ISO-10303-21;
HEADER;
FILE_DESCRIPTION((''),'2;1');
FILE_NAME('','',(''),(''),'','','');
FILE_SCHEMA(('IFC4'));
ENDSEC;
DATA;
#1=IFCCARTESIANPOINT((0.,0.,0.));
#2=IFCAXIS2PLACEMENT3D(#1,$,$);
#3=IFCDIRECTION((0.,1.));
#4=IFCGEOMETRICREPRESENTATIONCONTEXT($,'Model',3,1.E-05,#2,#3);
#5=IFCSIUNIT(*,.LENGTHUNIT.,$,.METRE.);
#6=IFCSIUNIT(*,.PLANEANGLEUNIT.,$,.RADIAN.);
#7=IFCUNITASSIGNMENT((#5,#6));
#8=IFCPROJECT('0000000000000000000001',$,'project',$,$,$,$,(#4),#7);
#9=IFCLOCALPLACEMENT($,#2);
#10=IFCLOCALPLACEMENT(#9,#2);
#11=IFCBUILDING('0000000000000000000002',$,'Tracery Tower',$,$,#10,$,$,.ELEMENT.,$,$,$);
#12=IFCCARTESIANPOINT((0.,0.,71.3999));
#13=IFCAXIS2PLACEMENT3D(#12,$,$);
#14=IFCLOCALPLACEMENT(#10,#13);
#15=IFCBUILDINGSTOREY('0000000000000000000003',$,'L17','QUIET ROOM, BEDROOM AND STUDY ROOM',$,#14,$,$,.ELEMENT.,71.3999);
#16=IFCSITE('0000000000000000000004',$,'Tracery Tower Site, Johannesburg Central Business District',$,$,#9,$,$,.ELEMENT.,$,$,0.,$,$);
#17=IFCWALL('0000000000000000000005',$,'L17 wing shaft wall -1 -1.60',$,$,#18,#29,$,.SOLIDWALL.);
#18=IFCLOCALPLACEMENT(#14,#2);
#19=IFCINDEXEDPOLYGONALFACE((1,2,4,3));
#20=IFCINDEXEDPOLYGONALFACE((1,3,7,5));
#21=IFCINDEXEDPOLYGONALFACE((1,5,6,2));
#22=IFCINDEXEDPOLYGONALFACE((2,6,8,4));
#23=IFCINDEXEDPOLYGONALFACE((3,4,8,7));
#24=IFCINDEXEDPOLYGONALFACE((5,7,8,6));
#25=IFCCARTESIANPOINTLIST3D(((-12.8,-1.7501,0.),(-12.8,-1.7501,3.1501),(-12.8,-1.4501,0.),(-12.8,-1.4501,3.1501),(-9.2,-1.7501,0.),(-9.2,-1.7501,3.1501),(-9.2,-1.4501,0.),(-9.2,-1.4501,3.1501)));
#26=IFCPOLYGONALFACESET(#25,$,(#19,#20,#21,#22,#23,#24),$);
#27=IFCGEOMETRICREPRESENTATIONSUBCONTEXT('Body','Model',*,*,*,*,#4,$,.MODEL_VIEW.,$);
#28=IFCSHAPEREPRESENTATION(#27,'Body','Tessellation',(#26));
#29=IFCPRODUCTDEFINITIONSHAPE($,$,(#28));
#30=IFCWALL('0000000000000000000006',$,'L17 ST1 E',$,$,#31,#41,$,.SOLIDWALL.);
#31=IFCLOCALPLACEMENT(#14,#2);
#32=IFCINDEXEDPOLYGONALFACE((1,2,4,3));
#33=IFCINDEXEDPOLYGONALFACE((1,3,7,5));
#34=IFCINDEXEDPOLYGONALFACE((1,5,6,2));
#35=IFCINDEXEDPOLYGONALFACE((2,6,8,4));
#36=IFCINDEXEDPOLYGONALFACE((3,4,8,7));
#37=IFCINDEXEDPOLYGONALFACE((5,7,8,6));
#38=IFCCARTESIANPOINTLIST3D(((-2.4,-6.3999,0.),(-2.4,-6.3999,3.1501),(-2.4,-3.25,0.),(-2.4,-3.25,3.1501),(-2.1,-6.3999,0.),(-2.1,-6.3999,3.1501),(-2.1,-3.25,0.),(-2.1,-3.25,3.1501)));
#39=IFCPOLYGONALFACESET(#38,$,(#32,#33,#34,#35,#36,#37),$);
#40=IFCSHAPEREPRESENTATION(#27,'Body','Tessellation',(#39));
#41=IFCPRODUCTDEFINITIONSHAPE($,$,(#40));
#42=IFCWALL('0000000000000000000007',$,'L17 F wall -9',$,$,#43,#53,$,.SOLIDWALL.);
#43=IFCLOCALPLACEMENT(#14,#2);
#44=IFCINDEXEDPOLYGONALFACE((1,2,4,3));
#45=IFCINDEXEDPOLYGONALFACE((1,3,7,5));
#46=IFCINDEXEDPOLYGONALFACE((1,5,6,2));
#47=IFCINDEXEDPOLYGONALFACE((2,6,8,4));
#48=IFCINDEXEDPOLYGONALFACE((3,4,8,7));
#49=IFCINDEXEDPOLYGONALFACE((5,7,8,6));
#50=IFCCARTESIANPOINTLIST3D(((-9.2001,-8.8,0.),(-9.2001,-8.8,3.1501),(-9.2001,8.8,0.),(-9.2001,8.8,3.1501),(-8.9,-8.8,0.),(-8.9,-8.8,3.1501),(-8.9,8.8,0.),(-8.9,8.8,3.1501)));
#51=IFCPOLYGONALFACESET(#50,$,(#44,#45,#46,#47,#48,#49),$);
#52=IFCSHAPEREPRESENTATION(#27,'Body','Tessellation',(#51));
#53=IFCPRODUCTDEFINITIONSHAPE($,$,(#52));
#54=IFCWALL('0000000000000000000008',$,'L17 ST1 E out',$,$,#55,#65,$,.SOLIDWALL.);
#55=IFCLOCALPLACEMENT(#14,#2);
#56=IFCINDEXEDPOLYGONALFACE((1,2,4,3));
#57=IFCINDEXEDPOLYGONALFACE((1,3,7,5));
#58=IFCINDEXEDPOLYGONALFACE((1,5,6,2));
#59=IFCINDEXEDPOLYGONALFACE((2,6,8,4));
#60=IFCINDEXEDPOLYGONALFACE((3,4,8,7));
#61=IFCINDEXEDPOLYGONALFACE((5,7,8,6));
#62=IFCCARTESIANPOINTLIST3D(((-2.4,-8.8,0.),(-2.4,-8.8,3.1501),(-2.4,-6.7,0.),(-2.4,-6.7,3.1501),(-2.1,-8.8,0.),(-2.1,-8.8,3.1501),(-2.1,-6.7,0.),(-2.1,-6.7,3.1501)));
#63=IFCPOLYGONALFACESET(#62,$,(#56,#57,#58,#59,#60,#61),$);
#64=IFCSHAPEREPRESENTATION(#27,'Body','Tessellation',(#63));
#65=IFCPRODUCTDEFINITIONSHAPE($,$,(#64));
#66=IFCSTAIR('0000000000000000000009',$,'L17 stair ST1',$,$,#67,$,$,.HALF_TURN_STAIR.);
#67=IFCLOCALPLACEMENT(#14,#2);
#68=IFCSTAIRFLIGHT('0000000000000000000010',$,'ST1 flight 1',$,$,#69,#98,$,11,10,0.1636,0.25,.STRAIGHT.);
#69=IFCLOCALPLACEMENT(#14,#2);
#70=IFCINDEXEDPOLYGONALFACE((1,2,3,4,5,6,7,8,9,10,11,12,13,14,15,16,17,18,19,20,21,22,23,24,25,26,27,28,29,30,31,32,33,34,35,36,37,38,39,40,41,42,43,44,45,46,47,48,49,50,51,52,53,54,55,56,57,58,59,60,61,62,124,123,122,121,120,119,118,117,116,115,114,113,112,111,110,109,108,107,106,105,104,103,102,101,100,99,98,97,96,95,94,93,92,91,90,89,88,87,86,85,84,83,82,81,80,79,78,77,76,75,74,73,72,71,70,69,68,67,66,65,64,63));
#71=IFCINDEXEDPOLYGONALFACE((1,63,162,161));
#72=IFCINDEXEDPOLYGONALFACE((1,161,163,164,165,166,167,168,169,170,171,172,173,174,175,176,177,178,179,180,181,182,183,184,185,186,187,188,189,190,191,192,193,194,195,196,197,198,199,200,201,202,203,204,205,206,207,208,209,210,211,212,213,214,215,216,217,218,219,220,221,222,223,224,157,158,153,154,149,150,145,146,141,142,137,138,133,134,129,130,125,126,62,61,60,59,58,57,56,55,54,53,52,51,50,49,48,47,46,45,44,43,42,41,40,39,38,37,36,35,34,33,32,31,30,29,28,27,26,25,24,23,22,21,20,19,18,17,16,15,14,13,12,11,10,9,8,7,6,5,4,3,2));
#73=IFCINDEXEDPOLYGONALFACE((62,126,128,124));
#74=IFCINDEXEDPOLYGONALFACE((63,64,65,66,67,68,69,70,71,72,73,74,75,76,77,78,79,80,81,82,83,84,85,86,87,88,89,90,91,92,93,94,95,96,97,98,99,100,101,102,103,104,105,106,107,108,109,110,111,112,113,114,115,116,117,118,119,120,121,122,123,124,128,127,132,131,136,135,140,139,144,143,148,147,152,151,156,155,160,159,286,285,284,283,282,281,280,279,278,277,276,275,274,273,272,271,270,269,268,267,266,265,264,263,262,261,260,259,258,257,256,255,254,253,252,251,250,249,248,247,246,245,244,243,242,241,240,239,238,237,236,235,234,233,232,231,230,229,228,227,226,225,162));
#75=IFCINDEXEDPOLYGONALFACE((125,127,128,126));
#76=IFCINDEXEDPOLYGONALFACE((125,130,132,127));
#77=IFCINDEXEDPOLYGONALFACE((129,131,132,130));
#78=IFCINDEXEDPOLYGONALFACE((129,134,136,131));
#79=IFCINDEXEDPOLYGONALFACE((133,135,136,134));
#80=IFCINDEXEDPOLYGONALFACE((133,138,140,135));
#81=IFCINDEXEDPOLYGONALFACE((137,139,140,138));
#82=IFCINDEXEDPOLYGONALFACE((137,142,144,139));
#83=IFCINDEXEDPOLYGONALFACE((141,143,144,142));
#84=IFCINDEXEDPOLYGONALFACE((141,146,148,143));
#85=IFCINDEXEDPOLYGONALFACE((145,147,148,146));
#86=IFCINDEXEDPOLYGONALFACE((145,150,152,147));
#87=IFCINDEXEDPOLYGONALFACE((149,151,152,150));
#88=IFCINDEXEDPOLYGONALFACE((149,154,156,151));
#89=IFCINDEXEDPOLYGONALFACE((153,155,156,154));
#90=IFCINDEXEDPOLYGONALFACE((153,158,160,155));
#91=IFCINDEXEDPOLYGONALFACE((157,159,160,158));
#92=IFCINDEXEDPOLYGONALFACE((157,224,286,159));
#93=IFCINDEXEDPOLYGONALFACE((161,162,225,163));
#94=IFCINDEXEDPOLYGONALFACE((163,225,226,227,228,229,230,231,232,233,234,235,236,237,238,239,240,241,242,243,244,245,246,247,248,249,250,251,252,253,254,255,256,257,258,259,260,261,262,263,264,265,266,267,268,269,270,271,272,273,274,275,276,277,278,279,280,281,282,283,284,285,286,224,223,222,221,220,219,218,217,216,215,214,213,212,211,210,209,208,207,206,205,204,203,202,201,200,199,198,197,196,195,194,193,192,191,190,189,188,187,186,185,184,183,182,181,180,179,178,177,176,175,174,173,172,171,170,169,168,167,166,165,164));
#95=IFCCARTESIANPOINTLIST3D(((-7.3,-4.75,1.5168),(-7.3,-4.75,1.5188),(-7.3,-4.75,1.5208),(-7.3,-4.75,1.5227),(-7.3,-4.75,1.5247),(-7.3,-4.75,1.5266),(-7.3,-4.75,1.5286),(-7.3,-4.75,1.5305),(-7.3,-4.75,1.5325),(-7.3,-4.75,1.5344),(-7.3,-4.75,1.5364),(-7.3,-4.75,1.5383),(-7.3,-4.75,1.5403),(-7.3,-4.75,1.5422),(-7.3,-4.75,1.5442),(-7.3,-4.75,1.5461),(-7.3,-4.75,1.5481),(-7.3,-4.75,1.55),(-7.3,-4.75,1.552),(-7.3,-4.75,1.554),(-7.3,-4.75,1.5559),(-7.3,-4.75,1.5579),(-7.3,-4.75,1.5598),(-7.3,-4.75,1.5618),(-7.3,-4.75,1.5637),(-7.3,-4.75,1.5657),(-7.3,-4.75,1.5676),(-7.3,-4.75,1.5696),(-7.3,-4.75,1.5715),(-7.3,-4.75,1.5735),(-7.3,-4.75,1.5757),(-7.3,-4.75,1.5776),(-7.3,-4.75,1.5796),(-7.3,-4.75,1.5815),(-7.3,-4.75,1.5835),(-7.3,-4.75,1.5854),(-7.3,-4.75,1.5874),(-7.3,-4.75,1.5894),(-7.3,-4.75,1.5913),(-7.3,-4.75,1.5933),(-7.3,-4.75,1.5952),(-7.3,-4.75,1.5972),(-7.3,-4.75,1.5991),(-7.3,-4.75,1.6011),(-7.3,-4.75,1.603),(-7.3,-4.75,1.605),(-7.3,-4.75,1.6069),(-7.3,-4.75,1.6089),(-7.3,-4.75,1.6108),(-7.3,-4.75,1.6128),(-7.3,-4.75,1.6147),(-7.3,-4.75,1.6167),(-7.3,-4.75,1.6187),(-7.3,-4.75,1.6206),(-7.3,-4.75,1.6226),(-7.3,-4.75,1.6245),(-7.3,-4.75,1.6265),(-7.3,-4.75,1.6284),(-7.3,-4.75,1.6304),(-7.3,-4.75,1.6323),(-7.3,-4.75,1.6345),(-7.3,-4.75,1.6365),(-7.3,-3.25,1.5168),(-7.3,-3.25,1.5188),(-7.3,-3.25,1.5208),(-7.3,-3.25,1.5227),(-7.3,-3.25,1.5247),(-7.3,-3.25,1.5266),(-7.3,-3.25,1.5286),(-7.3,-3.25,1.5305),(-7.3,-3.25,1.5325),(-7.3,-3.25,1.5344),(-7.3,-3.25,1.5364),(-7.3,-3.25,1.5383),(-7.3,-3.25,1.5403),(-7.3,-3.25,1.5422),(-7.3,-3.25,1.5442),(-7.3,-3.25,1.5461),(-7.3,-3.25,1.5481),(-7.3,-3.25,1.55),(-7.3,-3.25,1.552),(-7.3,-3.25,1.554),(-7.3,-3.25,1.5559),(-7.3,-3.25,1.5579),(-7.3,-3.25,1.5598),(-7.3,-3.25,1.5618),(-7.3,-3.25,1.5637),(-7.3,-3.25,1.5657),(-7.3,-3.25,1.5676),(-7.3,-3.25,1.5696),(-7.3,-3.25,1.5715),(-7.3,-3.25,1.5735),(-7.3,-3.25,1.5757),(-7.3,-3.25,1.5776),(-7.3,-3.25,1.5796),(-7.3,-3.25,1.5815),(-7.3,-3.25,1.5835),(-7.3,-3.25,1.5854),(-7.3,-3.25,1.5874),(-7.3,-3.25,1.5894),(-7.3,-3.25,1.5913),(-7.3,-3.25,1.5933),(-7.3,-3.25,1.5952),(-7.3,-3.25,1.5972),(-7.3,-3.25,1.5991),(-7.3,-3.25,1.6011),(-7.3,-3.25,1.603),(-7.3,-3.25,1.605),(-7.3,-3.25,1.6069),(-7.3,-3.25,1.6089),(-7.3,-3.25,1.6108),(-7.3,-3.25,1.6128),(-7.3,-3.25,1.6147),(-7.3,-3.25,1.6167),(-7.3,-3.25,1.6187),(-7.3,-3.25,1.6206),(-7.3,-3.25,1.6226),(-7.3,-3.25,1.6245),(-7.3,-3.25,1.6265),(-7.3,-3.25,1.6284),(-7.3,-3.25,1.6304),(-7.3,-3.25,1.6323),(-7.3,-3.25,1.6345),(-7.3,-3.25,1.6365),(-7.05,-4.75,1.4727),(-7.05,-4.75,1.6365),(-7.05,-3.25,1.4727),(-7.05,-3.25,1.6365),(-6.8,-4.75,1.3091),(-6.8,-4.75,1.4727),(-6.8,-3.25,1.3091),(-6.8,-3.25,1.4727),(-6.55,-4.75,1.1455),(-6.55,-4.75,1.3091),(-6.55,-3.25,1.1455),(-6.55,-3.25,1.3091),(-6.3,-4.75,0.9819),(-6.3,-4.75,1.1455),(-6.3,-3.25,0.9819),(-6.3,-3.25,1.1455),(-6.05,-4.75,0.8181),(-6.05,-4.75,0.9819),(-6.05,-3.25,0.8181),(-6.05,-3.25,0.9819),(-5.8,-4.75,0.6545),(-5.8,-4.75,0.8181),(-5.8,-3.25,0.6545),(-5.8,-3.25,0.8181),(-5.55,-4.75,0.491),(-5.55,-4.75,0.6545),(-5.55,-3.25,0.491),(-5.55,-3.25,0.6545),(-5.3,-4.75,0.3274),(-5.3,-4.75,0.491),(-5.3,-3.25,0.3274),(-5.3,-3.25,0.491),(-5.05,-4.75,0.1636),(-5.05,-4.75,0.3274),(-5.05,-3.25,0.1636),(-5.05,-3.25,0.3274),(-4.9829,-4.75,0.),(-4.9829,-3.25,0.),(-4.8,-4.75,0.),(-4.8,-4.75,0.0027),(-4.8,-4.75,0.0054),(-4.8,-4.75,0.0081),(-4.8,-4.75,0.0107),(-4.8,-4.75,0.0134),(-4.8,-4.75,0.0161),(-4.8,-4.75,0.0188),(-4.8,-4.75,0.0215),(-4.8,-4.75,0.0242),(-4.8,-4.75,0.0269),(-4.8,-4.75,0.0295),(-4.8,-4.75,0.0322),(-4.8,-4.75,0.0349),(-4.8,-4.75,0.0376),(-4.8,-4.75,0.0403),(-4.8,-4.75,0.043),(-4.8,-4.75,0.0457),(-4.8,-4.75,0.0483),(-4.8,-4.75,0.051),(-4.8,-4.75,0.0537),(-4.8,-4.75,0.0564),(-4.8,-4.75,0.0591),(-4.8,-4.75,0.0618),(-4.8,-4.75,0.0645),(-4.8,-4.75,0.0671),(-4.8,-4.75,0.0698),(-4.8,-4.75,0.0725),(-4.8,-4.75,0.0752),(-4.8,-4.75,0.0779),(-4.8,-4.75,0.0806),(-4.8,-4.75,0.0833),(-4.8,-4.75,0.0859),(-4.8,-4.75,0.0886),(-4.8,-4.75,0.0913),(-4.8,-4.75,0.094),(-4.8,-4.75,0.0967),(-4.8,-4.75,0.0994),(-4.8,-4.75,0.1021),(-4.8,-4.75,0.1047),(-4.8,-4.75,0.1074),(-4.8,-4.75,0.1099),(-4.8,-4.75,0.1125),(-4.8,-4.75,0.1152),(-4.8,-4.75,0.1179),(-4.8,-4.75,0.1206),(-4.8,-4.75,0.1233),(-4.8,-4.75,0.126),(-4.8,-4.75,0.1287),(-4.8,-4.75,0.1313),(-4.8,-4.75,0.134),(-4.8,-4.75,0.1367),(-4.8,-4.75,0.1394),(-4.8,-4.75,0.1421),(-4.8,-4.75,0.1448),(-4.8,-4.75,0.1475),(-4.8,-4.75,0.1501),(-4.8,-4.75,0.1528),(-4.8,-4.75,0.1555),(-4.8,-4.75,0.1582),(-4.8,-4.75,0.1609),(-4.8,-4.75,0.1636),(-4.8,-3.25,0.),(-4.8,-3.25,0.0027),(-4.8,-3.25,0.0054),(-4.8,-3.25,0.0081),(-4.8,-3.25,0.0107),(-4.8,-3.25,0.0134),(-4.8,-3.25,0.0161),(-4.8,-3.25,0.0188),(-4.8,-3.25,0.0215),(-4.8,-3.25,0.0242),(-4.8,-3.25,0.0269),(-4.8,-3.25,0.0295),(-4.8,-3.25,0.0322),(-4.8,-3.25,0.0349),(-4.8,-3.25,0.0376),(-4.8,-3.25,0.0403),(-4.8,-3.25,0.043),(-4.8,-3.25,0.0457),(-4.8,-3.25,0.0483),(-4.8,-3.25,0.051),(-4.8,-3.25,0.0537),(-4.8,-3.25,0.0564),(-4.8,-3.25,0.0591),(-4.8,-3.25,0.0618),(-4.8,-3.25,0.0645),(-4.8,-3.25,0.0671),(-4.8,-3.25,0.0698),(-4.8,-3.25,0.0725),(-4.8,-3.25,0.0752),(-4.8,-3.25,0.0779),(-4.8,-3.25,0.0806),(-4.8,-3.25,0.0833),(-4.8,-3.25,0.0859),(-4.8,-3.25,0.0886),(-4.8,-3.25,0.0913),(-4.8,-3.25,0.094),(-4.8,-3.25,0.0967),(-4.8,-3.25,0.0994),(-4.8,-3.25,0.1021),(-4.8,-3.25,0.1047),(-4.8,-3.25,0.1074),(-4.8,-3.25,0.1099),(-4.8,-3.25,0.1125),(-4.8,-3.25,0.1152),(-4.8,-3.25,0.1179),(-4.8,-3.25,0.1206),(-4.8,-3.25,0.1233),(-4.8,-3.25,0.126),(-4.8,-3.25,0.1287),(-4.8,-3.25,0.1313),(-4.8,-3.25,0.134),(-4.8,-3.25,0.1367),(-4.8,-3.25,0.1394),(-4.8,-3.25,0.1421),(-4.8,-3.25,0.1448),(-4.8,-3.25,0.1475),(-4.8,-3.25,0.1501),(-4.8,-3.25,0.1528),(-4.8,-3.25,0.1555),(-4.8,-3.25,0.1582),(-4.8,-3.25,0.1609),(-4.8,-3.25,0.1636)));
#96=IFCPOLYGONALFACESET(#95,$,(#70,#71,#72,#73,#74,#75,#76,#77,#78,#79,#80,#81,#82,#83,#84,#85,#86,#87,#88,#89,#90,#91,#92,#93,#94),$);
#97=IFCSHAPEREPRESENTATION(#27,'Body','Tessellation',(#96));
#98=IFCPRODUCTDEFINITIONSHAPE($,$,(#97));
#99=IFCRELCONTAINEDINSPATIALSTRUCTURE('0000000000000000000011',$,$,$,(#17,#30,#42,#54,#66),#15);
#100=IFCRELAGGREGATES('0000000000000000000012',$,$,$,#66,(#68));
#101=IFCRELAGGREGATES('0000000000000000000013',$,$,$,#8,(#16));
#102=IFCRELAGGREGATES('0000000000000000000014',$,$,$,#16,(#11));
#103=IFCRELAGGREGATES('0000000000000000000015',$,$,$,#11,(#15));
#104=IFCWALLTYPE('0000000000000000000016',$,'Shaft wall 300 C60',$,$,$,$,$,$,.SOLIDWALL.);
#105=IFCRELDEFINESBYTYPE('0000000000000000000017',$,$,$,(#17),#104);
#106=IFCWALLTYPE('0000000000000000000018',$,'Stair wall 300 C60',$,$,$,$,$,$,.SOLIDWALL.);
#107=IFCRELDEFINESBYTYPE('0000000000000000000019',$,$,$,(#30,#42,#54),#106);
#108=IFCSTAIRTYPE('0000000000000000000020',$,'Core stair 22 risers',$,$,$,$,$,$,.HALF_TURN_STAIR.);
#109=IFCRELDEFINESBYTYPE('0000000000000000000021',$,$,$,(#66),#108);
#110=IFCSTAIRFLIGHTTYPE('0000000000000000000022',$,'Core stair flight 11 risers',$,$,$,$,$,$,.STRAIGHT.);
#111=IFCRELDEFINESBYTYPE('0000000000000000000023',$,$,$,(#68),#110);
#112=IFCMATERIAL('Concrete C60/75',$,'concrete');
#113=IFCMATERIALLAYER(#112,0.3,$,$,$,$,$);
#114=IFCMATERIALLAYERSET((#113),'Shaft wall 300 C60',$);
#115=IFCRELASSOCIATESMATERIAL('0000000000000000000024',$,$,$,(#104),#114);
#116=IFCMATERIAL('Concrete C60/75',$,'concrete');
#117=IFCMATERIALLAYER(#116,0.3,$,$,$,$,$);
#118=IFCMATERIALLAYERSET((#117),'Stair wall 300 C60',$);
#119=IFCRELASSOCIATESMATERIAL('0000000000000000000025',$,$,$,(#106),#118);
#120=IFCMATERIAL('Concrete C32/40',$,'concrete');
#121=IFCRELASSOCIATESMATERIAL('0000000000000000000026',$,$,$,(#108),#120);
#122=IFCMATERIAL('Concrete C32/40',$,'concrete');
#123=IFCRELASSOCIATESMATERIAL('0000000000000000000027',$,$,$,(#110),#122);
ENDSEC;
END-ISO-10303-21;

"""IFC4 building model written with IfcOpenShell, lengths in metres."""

from ifc_helpers import new_model, si_unit, direction, frame, frame_2d, origin, place, context, subcontext, project, spatial, polyline, rectangle, outline, extrude, material, layer, layer_set, type_object, element, aggregate, save


model = new_model("IFC4")

# Units and contexts
model_context = context("Model", 3, precision=1e-05, world=origin(), true_north=direction((0.0, 1.0)))
body_context = subcontext(model_context, "Body", "Model", "MODEL_VIEW")
ifc_project = project(units=[si_unit("LENGTHUNIT", "METRE"), si_unit("PLANEANGLEUNIT", "RADIAN")], contexts=[model_context])

# Site, building, storey
site_placement = place(None, origin())
site = spatial("IfcSite", under=ifc_project, at=site_placement, Name="Tracery Tower Site, Johannesburg Central Business District", CompositionType="ELEMENT", RefElevation=0.0)
building_placement = place(site_placement, origin())
building = spatial("IfcBuilding", under=site, at=building_placement, Name="Tracery Tower", CompositionType="ELEMENT")
storey_placement = place(building_placement, frame((0.0, 0.0, 71.3999)))
storey = spatial("IfcBuildingStorey", under=building, at=storey_placement, Name="L17", Description="QUIET ROOM, BEDROOM AND STUDY ROOM", CompositionType="ELEMENT", Elevation=71.3999)

# Shared definitions
ifc_material_1 = material(Name="Concrete C60/75", Category="concrete")
ifc_layer_1 = layer(ifc_material_1, 0.3)
ifc_layer_set_1 = layer_set([ifc_layer_1], Name="Shaft wall 300 C60")
wall_type_1 = type_object("IfcWallType", Name="Shaft wall 300 C60", PredefinedType="SOLIDWALL", material=ifc_layer_set_1)

# Wall
for number, where, z_axis, x_axis, name in (
    (1, (-12.8, -1.6001, 0.0), (0.0, 0.0, 1.0), (1.0, 0.0, 0.0), "L17 wing shaft wall -1 -1.60"),
):
    element("IfcWall", number, at=place(storey_placement, frame(where, z_axis=z_axis, x_axis=x_axis)), inside=storey, type_object=wall_type_1, Name=name, PredefinedType="SOLIDWALL", context=body_context, shape_type="SweptSolid", body=[
        extrude(rectangle(XDim=3.6001, YDim=0.3, at=frame_2d((1.8, 0.0))), origin(), (0.0, 0.0, 1.0), 3.1501),
    ])

# Shared definitions
ifc_material_2 = material(Name="Concrete C60/75", Category="concrete")
ifc_layer_2 = layer(ifc_material_2, 0.3)
ifc_layer_set_2 = layer_set([ifc_layer_2], Name="Stair wall 300 C60")
wall_type_2 = type_object("IfcWallType", Name="Stair wall 300 C60", PredefinedType="SOLIDWALL", material=ifc_layer_set_2)

# Walls
wall_1_placement = place(storey_placement, frame((-2.25, -6.3999, 0.0), z_axis=(0.0, 0.0, 1.0), x_axis=(0.0, 1.0, 0.0)))
element("IfcWall", 2, at=wall_1_placement, inside=storey, type_object=wall_type_2, Name="L17 ST1 E", PredefinedType="SOLIDWALL", context=body_context, shape_type="SweptSolid", body=[
    extrude(rectangle(XDim=3.1499, YDim=0.3, at=frame_2d((1.575, 0.0))), origin(), (0.0, 0.0, 1.0), 3.1501),
])
wall_2_placement = place(storey_placement, frame((-9.05, -8.8, 0.0), z_axis=(0.0, 0.0, 1.0), x_axis=(0.0, 1.0, 0.0)))
element("IfcWall", 3, at=wall_2_placement, inside=storey, type_object=wall_type_2, Name="L17 F wall -9", PredefinedType="SOLIDWALL", context=body_context, shape_type="SweptSolid", body=[
    extrude(rectangle(XDim=17.6001, YDim=0.3, at=frame_2d((8.8, 0.0))), origin(), (0.0, 0.0, 1.0), 3.1501),
])

# Wall
wall_3_placement = place(storey_placement, frame((-2.25, -8.8, 0.0), z_axis=(0.0, 0.0, 1.0), x_axis=(0.0, 1.0, 0.0)))
element("IfcWall", 4, at=wall_3_placement, inside=storey, type_object=wall_type_2, Name="L17 ST1 E out", PredefinedType="SOLIDWALL", context=body_context, shape_type="SweptSolid", body=[
    extrude(rectangle(XDim=2.1001, YDim=0.3, at=frame_2d((1.05, 0.0))), origin(), (0.0, 0.0, 1.0), 3.1501),
])

# Stair, stair flight
ifc_material_3 = material(Name="Concrete C32/40", Category="concrete")
stair_type = type_object("IfcStairType", Name="Core stair 22 risers", PredefinedType="HALF_TURN_STAIR", material=ifc_material_3)
stair_placement = place(storey_placement, origin())
stair = element("IfcStair", 5, at=stair_placement, inside=storey, type_object=stair_type, Name="L17 stair ST1", PredefinedType="HALF_TURN_STAIR")
ifc_material_4 = material(Name="Concrete C32/40", Category="concrete")
stair_flight_type = type_object("IfcStairFlightType", Name="Core stair flight 11 risers", PredefinedType="STRAIGHT", material=ifc_material_4)
stair_flight_1_placement = place(storey_placement, frame((-4.8, -4.0, 0.0), z_axis=(0.0, 0.0, 1.0), x_axis=(-1.0, 0.0, 0.0)))
stair_flight_1 = element("IfcStairFlight", 6, at=stair_flight_1_placement, type_object=stair_flight_type, Name="ST1 flight 1", NumberOfRisers=11, NumberOfTreads=10, PredefinedType="STRAIGHT", RiserHeight=0.1636, TreadLength=0.25, context=body_context, shape_type="SweptSolid", body=[
    extrude(outline(polyline([(0.0, 0.0), (0.0, 0.0027), (0.0, 0.0054), (0.0, 0.0081), (0.0, 0.0107), (0.0, 0.0134), (0.0, 0.0161), (0.0, 0.0188), (0.0, 0.0215), (0.0, 0.0242), (0.0, 0.0269), (0.0, 0.0295), (0.0, 0.0322), (0.0, 0.0349), (0.0, 0.0376), (0.0, 0.0403), (0.0, 0.043), (0.0, 0.0457), (0.0, 0.0483), (0.0, 0.051), (0.0, 0.0537), (0.0, 0.0564), (0.0, 0.0591), (0.0, 0.0618), (0.0, 0.0645), (0.0, 0.0671), (0.0, 0.0698), (0.0, 0.0725), (0.0, 0.0752), (0.0, 0.0779), (0.0, 0.0806), (0.0, 0.0833), (0.0, 0.0859), (0.0, 0.0886), (0.0, 0.0913), (0.0, 0.094), (0.0, 0.0967), (0.0, 0.0994), (0.0, 0.1021), (0.0, 0.1047), (0.0, 0.1074), (0.0, 0.1099), (0.0, 0.1125), (0.0, 0.1152), (0.0, 0.1179), (0.0, 0.1206), (0.0, 0.1233), (0.0, 0.126), (0.0, 0.1287), (0.0, 0.1313), (0.0, 0.134), (0.0, 0.1367), (0.0, 0.1394), (0.0, 0.1421), (0.0, 0.1448), (0.0, 0.1475), (0.0, 0.1501), (0.0, 0.1528), (0.0, 0.1555), (0.0, 0.1582), (0.0, 0.1609), (0.0, 0.1636), (0.25, 0.1636), (0.25, 0.3274), (0.5, 0.3274), (0.5, 0.491), (0.75, 0.491), (0.75, 0.6545), (1.0, 0.6545), (1.0, 0.8181), (1.25, 0.8181), (1.25, 0.9819), (1.5, 0.9819), (1.5, 1.1455), (1.75, 1.1455), (1.75, 1.3091), (2.0, 1.3091), (2.0, 1.4727), (2.25, 1.4727), (2.25, 1.6365), (2.5, 1.6365), (2.5, 1.6345), (2.5, 1.6323), (2.5, 1.6304), (2.5, 1.6284), (2.5, 1.6265), (2.5, 1.6245), (2.5, 1.6226), (2.5, 1.6206), (2.5, 1.6187), (2.5, 1.6167), (2.5, 1.6147), (2.5, 1.6128), (2.5, 1.6108), (2.5, 1.6089), (2.5, 1.6069), (2.5, 1.605), (2.5, 1.603), (2.5, 1.6011), (2.5, 1.5991), (2.5, 1.5972), (2.5, 1.5952), (2.5, 1.5933), (2.5, 1.5913), (2.5, 1.5894), (2.5, 1.5874), (2.5, 1.5854), (2.5, 1.5835), (2.5, 1.5815), (2.5, 1.5796), (2.5, 1.5776), (2.5, 1.5757), (2.5, 1.5735), (2.5, 1.5715), (2.5, 1.5696), (2.5, 1.5676), (2.5, 1.5657), (2.5, 1.5637), (2.5, 1.5618), (2.5, 1.5598), (2.5, 1.5579), (2.5, 1.5559), (2.5, 1.554), (2.5, 1.552), (2.5, 1.55), (2.5, 1.5481), (2.5, 1.5461), (2.5, 1.5442), (2.5, 1.5422), (2.5, 1.5403), (2.5, 1.5383), (2.5, 1.5364), (2.5, 1.5344), (2.5, 1.5325), (2.5, 1.5305), (2.5, 1.5286), (2.5, 1.5266), (2.5, 1.5247), (2.5, 1.5227), (2.5, 1.5208), (2.5, 1.5188), (2.5, 1.5168), (0.1829, 0.0), (0.0, 0.0)])), frame((0.0, 0.75, 0.0), z_axis=(0.0, -1.0, 0.0), x_axis=(1.0, 0.0, 0.0)), (0.0, 0.0, 1.0), 1.5),
])
aggregate(stair, [stair_flight_1])

save(model, "model.ifc")
